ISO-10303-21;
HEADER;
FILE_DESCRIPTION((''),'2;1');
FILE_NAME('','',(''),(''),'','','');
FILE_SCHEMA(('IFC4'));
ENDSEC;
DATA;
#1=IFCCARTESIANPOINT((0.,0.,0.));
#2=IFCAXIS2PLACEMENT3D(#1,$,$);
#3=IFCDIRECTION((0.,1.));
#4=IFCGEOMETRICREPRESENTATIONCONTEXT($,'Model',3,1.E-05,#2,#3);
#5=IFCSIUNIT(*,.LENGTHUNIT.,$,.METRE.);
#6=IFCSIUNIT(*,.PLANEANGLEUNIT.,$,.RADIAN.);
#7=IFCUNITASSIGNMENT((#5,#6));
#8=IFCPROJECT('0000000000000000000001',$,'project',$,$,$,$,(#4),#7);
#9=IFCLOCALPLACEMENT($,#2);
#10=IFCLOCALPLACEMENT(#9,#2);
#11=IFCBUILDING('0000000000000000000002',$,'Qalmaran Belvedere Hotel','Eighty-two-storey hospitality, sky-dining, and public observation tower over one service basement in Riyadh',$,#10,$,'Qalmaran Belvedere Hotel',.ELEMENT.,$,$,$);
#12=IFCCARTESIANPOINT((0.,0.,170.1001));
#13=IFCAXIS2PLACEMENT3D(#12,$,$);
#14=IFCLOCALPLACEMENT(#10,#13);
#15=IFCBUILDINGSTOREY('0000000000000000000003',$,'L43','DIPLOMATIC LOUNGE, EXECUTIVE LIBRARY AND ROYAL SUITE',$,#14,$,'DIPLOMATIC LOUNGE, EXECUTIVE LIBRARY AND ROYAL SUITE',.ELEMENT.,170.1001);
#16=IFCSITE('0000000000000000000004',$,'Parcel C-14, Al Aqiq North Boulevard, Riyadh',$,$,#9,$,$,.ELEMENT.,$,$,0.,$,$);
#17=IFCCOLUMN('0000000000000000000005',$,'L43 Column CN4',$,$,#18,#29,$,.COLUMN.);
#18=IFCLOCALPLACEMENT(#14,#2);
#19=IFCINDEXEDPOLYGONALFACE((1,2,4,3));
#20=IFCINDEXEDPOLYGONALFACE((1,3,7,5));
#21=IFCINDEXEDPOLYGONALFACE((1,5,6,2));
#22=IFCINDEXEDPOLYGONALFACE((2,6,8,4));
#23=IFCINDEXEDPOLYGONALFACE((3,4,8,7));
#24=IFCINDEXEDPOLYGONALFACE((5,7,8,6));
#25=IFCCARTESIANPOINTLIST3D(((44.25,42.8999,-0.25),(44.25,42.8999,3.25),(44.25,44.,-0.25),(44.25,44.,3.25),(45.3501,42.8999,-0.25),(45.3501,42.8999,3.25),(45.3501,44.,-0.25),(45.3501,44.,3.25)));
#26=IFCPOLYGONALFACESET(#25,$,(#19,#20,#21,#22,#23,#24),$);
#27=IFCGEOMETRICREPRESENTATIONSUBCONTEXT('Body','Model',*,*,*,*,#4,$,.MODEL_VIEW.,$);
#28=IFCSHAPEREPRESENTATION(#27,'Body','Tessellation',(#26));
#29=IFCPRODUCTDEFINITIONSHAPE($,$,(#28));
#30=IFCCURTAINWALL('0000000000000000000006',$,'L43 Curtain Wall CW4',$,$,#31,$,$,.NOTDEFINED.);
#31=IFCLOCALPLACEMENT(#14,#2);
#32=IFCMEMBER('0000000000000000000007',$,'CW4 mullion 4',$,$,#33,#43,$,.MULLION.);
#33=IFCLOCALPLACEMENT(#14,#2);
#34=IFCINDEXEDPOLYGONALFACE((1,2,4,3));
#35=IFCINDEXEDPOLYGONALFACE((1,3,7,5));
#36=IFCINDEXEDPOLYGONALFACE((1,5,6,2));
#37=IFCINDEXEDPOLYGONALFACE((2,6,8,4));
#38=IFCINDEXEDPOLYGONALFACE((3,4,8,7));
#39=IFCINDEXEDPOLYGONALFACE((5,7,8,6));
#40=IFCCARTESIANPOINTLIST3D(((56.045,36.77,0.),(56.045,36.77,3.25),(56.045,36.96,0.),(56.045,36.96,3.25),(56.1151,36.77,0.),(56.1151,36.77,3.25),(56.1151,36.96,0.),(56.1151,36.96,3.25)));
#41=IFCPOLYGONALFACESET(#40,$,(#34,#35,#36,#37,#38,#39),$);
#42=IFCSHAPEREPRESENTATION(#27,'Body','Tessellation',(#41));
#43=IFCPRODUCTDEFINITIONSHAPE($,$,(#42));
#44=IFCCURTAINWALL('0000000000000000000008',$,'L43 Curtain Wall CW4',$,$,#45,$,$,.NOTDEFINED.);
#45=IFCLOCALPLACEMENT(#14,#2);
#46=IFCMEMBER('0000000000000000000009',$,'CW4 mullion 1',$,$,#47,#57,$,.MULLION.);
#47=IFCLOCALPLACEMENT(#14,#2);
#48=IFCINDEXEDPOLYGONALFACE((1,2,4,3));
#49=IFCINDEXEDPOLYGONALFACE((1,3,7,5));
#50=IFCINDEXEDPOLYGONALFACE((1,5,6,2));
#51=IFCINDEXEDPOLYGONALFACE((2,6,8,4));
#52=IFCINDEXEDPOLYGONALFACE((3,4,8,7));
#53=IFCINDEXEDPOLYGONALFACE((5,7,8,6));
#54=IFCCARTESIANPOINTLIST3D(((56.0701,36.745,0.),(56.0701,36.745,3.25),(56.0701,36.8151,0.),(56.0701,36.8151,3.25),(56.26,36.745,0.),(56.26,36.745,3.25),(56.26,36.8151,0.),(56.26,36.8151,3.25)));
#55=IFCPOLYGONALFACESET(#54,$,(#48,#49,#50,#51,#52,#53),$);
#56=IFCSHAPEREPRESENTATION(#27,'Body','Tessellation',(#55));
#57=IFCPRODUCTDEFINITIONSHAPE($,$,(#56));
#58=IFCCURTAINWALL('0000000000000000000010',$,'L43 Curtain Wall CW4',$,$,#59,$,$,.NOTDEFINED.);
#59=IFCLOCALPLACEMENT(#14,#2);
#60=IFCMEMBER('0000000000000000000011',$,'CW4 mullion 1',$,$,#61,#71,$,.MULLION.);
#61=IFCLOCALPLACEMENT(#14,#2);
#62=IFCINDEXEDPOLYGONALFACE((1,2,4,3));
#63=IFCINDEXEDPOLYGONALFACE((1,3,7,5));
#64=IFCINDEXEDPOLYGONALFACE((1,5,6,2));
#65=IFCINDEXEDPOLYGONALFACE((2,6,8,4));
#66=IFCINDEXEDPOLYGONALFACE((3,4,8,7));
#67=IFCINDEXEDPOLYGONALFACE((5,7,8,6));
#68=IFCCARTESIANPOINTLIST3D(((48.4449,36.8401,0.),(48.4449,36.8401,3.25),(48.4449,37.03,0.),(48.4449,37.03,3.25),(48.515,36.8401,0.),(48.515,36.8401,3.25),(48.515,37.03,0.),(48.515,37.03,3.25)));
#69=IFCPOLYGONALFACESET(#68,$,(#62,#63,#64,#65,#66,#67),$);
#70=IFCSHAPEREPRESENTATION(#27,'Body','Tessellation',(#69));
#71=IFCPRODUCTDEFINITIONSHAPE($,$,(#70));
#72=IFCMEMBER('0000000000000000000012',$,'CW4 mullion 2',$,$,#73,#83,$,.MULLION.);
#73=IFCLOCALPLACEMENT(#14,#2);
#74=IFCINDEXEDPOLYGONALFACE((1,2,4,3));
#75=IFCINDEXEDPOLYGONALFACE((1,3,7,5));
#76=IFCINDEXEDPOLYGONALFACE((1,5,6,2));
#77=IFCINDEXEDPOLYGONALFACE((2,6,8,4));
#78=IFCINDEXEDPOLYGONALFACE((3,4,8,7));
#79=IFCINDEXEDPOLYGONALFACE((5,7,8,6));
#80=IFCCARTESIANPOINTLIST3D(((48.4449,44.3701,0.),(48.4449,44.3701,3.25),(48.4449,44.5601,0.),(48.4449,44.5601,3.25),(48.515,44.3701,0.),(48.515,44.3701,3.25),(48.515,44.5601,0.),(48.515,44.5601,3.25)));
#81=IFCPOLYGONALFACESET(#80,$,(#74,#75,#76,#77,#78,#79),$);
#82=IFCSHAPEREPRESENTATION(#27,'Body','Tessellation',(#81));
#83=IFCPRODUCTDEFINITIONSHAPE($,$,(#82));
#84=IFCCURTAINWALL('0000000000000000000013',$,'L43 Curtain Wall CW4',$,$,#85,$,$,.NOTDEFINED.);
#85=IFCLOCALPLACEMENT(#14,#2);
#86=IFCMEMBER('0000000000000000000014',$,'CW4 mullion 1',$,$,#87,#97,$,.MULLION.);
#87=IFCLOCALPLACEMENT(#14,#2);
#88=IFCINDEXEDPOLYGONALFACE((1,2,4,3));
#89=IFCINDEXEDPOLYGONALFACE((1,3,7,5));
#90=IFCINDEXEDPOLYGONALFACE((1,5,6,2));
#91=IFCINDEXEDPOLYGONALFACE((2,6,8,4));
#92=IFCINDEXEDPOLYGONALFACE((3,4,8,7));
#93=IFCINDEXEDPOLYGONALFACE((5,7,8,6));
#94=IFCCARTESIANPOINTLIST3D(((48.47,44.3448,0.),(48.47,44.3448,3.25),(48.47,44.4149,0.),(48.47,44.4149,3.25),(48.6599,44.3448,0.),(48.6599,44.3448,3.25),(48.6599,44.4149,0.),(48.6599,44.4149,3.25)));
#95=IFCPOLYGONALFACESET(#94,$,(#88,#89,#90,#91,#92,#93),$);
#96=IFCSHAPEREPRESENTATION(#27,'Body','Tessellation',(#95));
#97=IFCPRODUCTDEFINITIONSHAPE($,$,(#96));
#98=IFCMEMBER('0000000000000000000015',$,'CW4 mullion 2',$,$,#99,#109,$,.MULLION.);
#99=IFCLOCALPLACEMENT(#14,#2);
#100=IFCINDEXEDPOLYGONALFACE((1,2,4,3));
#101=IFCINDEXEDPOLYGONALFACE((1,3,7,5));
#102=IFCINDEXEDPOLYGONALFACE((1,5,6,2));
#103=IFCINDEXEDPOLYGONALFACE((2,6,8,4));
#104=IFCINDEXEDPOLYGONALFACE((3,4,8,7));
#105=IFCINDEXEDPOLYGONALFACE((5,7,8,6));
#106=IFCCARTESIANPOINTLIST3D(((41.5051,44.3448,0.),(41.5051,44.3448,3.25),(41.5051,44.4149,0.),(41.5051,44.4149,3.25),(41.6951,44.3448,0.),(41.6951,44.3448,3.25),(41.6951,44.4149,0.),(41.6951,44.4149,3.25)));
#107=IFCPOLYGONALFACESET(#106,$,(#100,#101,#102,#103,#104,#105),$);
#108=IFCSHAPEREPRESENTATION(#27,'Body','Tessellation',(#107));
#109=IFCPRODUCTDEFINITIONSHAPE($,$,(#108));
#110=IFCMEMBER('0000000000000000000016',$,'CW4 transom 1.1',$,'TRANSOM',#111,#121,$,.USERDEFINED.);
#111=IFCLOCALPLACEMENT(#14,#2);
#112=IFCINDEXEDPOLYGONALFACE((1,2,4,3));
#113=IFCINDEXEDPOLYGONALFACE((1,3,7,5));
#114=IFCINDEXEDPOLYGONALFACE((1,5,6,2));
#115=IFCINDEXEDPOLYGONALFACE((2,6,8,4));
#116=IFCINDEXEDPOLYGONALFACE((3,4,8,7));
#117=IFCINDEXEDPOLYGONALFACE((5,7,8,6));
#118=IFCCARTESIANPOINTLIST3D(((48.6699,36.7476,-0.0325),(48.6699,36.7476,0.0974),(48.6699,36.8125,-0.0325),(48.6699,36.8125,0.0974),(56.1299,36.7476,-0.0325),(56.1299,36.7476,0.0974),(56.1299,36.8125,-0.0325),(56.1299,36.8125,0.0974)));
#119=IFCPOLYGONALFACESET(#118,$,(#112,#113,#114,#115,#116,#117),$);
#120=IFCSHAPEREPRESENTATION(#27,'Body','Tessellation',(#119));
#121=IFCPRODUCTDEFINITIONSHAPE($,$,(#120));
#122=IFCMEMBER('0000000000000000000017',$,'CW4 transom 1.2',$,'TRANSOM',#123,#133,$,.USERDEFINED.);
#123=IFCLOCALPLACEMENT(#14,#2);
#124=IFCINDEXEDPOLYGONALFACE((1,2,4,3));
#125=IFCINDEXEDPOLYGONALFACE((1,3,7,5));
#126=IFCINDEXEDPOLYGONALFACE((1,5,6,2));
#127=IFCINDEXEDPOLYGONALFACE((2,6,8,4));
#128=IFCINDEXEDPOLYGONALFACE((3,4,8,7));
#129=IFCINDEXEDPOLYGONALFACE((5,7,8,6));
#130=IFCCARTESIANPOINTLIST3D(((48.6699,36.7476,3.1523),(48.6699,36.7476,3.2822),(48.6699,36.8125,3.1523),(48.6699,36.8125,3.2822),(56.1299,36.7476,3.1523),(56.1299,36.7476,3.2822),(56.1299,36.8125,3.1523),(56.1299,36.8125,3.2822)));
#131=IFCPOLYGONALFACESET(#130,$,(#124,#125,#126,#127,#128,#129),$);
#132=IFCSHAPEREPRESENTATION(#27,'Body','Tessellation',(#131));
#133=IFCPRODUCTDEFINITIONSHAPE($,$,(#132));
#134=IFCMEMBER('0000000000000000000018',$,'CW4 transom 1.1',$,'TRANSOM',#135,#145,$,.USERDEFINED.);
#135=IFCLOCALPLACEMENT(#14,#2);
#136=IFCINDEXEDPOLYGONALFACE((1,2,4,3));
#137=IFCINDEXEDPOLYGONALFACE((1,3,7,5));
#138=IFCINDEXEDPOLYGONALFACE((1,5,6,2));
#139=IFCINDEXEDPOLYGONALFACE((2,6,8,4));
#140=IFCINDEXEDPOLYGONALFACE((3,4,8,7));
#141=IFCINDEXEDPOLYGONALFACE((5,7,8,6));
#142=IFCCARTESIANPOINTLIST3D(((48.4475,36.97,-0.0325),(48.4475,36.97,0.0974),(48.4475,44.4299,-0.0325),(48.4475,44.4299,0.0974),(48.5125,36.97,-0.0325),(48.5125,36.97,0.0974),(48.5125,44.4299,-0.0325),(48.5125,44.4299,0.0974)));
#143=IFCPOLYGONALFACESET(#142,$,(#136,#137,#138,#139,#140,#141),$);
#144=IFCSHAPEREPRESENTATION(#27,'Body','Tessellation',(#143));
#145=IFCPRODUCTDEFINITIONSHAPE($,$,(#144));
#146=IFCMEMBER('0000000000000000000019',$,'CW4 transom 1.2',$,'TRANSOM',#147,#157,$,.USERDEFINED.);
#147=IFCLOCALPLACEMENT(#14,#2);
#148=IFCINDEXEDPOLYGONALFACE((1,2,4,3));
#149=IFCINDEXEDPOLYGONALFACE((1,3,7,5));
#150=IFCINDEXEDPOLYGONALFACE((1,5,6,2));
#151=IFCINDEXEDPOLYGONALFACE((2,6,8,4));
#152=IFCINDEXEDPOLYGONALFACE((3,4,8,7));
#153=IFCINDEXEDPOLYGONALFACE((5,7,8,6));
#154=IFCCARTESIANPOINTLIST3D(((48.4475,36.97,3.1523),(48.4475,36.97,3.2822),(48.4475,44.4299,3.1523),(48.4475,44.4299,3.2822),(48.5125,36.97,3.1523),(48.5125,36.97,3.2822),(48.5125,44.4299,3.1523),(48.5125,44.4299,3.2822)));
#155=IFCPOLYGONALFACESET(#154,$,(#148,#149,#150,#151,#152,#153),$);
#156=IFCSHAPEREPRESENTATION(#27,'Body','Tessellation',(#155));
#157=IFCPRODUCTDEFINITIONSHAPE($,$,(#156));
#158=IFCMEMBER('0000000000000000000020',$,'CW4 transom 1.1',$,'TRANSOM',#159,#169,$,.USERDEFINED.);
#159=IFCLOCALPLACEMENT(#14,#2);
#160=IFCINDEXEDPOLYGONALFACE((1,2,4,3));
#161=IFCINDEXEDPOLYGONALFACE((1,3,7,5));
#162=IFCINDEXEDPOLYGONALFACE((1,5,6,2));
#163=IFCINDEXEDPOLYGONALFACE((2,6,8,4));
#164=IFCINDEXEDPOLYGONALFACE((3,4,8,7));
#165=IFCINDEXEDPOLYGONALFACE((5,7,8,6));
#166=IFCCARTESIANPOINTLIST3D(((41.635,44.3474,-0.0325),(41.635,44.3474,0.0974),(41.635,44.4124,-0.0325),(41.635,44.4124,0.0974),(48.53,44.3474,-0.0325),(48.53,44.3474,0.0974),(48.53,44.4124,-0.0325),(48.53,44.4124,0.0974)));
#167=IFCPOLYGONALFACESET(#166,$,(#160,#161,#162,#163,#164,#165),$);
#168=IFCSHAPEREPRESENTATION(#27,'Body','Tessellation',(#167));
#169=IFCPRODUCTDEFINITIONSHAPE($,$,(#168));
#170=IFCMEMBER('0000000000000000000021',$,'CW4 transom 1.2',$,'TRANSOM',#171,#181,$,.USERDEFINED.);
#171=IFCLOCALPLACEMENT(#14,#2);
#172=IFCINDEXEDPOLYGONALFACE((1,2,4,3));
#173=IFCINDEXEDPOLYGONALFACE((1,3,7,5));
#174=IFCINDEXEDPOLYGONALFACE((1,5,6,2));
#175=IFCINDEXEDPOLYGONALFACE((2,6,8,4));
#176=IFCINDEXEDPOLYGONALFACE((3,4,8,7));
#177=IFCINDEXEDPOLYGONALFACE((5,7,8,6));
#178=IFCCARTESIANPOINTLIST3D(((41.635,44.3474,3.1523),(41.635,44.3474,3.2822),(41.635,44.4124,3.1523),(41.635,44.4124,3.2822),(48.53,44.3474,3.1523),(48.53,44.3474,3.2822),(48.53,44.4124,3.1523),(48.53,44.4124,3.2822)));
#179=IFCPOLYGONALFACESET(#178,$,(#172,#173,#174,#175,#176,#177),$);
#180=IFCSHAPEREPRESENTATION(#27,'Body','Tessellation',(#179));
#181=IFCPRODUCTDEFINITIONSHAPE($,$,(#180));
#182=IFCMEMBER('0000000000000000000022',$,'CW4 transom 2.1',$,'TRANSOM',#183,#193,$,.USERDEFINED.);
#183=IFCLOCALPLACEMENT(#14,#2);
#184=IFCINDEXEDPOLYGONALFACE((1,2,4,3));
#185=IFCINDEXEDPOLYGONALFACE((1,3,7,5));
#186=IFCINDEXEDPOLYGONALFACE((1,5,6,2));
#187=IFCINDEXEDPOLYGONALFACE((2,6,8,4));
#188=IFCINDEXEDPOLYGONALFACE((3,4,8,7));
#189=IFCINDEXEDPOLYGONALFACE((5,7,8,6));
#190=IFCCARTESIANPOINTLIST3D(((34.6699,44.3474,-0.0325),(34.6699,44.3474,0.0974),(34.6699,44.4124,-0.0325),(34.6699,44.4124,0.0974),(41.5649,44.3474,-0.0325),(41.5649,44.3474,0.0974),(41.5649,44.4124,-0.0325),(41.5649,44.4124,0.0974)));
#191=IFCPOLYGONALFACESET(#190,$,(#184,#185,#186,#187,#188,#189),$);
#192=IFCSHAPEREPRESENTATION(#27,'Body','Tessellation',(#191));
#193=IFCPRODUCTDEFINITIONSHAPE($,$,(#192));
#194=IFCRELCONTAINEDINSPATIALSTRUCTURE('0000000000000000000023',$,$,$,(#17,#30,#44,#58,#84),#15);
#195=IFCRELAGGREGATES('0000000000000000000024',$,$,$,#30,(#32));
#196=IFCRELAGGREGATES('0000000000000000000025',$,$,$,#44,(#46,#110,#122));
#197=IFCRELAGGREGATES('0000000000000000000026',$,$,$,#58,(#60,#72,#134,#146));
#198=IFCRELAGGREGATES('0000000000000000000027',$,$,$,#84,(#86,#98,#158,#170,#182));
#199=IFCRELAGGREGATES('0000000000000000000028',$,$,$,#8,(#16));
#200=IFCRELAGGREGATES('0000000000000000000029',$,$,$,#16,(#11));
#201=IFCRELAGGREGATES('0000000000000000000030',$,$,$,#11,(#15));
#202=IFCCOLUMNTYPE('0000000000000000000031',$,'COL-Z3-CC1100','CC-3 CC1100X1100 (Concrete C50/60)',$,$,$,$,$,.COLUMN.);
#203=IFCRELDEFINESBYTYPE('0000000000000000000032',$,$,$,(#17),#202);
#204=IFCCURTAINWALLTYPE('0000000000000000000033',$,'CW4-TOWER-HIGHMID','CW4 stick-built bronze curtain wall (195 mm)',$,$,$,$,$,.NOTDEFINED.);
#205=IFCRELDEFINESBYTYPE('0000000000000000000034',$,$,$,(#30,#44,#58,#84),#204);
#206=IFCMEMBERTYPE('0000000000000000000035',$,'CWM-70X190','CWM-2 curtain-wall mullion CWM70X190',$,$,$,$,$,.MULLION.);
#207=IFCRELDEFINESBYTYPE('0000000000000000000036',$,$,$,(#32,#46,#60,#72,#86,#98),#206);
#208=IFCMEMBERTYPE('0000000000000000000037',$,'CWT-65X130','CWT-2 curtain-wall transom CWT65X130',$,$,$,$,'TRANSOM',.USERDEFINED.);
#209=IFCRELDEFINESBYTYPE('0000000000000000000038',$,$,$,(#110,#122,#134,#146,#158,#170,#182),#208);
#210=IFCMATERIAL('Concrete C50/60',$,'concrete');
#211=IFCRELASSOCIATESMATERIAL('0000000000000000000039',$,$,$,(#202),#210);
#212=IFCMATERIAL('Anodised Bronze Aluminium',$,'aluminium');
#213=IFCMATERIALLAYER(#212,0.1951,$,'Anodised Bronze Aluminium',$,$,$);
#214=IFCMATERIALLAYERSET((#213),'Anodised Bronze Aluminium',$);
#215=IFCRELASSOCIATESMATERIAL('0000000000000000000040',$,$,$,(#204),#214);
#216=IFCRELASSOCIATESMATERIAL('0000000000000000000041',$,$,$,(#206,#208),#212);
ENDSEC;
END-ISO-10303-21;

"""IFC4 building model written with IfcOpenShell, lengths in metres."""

from ifc_helpers import new_model, si_unit, direction, frame, origin, origin_2d, place, context, subcontext, project, spatial, rectangle, extrude, material, layer, layer_set, material_profile, profile_set, type_object, element, aggregate, save


model = new_model("IFC4")

# Units and contexts
model_context = context("Model", 3, precision=1e-05, world=origin(), true_north=direction((0.0, 1.0)))
body_context = subcontext(model_context, "Body", "Model", "MODEL_VIEW")
ifc_project = project(units=[si_unit("LENGTHUNIT", "METRE"), si_unit("PLANEANGLEUNIT", "RADIAN")], contexts=[model_context])

# Site, building, storey
site_placement = place(None, origin())
site = spatial("IfcSite", under=ifc_project, at=site_placement, Name="Parcel C-14, Al Aqiq North Boulevard, Riyadh", CompositionType="ELEMENT", RefElevation=0.0)
building_placement = place(site_placement, origin())
building = spatial("IfcBuilding", under=site, at=building_placement, Name="Qalmaran Belvedere Hotel", Description="Eighty-two-storey hospitality, sky-dining, and public observation tower over one service basement in Riyadh", LongName="Qalmaran Belvedere Hotel", CompositionType="ELEMENT")
storey_placement = place(building_placement, frame((0.0, 0.0, 170.1001)))
storey = spatial("IfcBuildingStorey", under=building, at=storey_placement, Name="L43", Description="DIPLOMATIC LOUNGE, EXECUTIVE LIBRARY AND ROYAL SUITE", LongName="DIPLOMATIC LOUNGE, EXECUTIVE LIBRARY AND ROYAL SUITE", CompositionType="ELEMENT", Elevation=170.1001)

# Column
ifc_material_1 = material(Name="Concrete C50/60", Category="concrete")
ifc_material_profile_1 = material_profile(ifc_material_1, rectangle(XDim=1.1001, YDim=1.1001, at=origin_2d()), Name="CC1100X1100")
ifc_profile_set_1 = profile_set([ifc_material_profile_1], Name="Concrete C50/60")
column_type = type_object("IfcColumnType", Name="COL-Z3-CC1100", Description="CC-3 CC1100X1100 (Concrete C50/60)", PredefinedType="COLUMN", material=ifc_profile_set_1)
column_placement = place(storey_placement, frame((44.8, 43.45, -0.25), z_axis=(0.0, 0.0, 1.0), x_axis=(1.0, 0.0, 0.0)))
element("IfcColumn", 1, at=column_placement, inside=storey, type_object=column_type, Name="L43 Column CN4", PredefinedType="COLUMN", context=body_context, shape_type="SweptSolid", body=[
    extrude(rectangle(XDim=1.1001, YDim=1.1001, at=origin_2d()), origin(), (0.0, 0.0, 1.0), 3.5),
])

# Curtain walls, members
ifc_material_2 = material(Name="Anodised Bronze Aluminium", Category="aluminium")
ifc_layer_1 = layer(ifc_material_2, 0.1951, Name="Anodised Bronze Aluminium")
ifc_layer_set_1 = layer_set([ifc_layer_1], Name="Anodised Bronze Aluminium")
curtain_wall_type = type_object("IfcCurtainWallType", Name="CW4-TOWER-HIGHMID", Description="CW4 stick-built bronze curtain wall (195 mm)", PredefinedType="NOTDEFINED", material=ifc_layer_set_1)
curtain_wall_1_placement = place(storey_placement, origin())
curtain_wall_1 = element("IfcCurtainWall", 2, at=curtain_wall_1_placement, inside=storey, type_object=curtain_wall_type, Name="L43 Curtain Wall CW4", PredefinedType="NOTDEFINED")
ifc_material_profile_2 = material_profile(ifc_material_2, rectangle(XDim=0.0701, YDim=0.1899, at=origin_2d()), Name="CWM70X190")
ifc_profile_set_2 = profile_set([ifc_material_profile_2], Name="Anodised Bronze Aluminium")
member_type_1 = type_object("IfcMemberType", Name="CWM-70X190", Description="CWM-2 curtain-wall mullion CWM70X190", PredefinedType="MULLION", material=ifc_profile_set_2)
member_1_placement = place(storey_placement, frame((56.0801, 36.865, 0.0), z_axis=(0.0, 0.0, 1.0), x_axis=(-1.0, 0.0, 0.0)))
member_1 = element("IfcMember", 3, at=member_1_placement, type_object=member_type_1, Name="CW4 mullion 4", PredefinedType="MULLION", context=body_context, shape_type="SweptSolid", body=[
    extrude(rectangle(XDim=0.0701, YDim=0.1899, at=origin_2d()), origin(), (0.0, 0.0, 1.0), 3.25),
])
aggregate(curtain_wall_1, [member_1])
curtain_wall_2_placement = place(storey_placement, origin())
curtain_wall_2 = element("IfcCurtainWall", 4, at=curtain_wall_2_placement, inside=storey, type_object=curtain_wall_type, Name="L43 Curtain Wall CW4", PredefinedType="NOTDEFINED")
member_2_placement = place(storey_placement, frame((56.165, 36.78, 0.0), z_axis=(0.0, 0.0, 1.0), x_axis=(0.0, -1.0, 0.0)))
member_2 = element("IfcMember", 5, at=member_2_placement, type_object=member_type_1, Name="CW4 mullion 1", PredefinedType="MULLION", context=body_context, shape_type="SweptSolid", body=[
    extrude(rectangle(XDim=0.0701, YDim=0.1899, at=origin_2d()), origin(), (0.0, 0.0, 1.0), 3.25),
])

# Curtain walls, members
curtain_wall_3_placement = place(storey_placement, origin())
curtain_wall_3 = element("IfcCurtainWall", 6, at=curtain_wall_3_placement, inside=storey, type_object=curtain_wall_type, Name="L43 Curtain Wall CW4", PredefinedType="NOTDEFINED")
member_3_placement = place(storey_placement, frame((48.48, 36.9351, 0.0), z_axis=(0.0, 0.0, 1.0), x_axis=(-1.0, 0.0, 0.0)))
member_3 = element("IfcMember", 7, at=member_3_placement, type_object=member_type_1, Name="CW4 mullion 1", PredefinedType="MULLION", context=body_context, shape_type="SweptSolid", body=[
    extrude(rectangle(XDim=0.0701, YDim=0.1899, at=origin_2d()), origin(), (0.0, 0.0, 1.0), 3.25),
])
member_4_placement = place(storey_placement, frame((48.48, 44.4651, 0.0), z_axis=(0.0, 0.0, 1.0), x_axis=(-1.0, 0.0, 0.0)))
member_4 = element("IfcMember", 8, at=member_4_placement, type_object=member_type_1, Name="CW4 mullion 2", PredefinedType="MULLION", context=body_context, shape_type="SweptSolid", body=[
    extrude(rectangle(XDim=0.0701, YDim=0.1899, at=origin_2d()), origin(), (0.0, 0.0, 1.0), 3.25),
])
curtain_wall_4_placement = place(storey_placement, origin())
curtain_wall_4 = element("IfcCurtainWall", 9, at=curtain_wall_4_placement, inside=storey, type_object=curtain_wall_type, Name="L43 Curtain Wall CW4", PredefinedType="NOTDEFINED")
member_5_placement = place(storey_placement, frame((48.5649, 44.3799, 0.0), z_axis=(0.0, 0.0, 1.0), x_axis=(0.0, -1.0, 0.0)))
member_5 = element("IfcMember", 10, at=member_5_placement, type_object=member_type_1, Name="CW4 mullion 1", PredefinedType="MULLION", context=body_context, shape_type="SweptSolid", body=[
    extrude(rectangle(XDim=0.0701, YDim=0.1899, at=origin_2d()), origin(), (0.0, 0.0, 1.0), 3.25),
])
member_6_placement = place(storey_placement, frame((41.6001, 44.3799, 0.0), z_axis=(0.0, 0.0, 1.0), x_axis=(0.0, -1.0, 0.0)))
member_6 = element("IfcMember", 11, at=member_6_placement, type_object=member_type_1, Name="CW4 mullion 2", PredefinedType="MULLION", context=body_context, shape_type="SweptSolid", body=[
    extrude(rectangle(XDim=0.0701, YDim=0.1899, at=origin_2d()), origin(), (0.0, 0.0, 1.0), 3.25),
])

# Members
ifc_material_profile_3 = material_profile(ifc_material_2, rectangle(XDim=0.0649, YDim=0.1299, at=origin_2d()), Name="CWT65X130")
ifc_profile_set_3 = profile_set([ifc_material_profile_3], Name="Anodised Bronze Aluminium")
member_type_2 = type_object("IfcMemberType", Name="CWT-65X130", Description="CWT-2 curtain-wall transom CWT65X130", ElementType="TRANSOM", PredefinedType="USERDEFINED", material=ifc_profile_set_3)
member_7_placement = place(storey_placement, frame((56.1299, 36.78, 0.0325), z_axis=(-1.0, 0.0, 0.0), x_axis=(0.0, -1.0, 0.0)))
member_7 = element("IfcMember", 12, at=member_7_placement, type_object=member_type_2, Name="CW4 transom 1.1", ObjectType="TRANSOM", PredefinedType="USERDEFINED", context=body_context, shape_type="SweptSolid", body=[
    extrude(rectangle(XDim=0.0649, YDim=0.1299, at=origin_2d()), origin(), (0.0, 0.0, 1.0), 7.46),
])
member_8_placement = place(storey_placement, frame((56.1299, 36.78, 3.2173), z_axis=(-1.0, 0.0, 0.0), x_axis=(0.0, -1.0, 0.0)))
member_8 = element("IfcMember", 13, at=member_8_placement, type_object=member_type_2, Name="CW4 transom 1.2", ObjectType="TRANSOM", PredefinedType="USERDEFINED", context=body_context, shape_type="SweptSolid", body=[
    extrude(rectangle(XDim=0.0649, YDim=0.1299, at=origin_2d()), origin(), (0.0, 0.0, 1.0), 7.46),
])
member_9_placement = place(storey_placement, frame((48.48, 36.97, 0.0325), z_axis=(0.0, 1.0, 0.0), x_axis=(-1.0, 0.0, 0.0)))
member_9 = element("IfcMember", 14, at=member_9_placement, type_object=member_type_2, Name="CW4 transom 1.1", ObjectType="TRANSOM", PredefinedType="USERDEFINED", context=body_context, shape_type="SweptSolid", body=[
    extrude(rectangle(XDim=0.0649, YDim=0.1299, at=origin_2d()), origin(), (0.0, 0.0, 1.0), 7.46),
])
member_10_placement = place(storey_placement, frame((48.48, 36.97, 3.2173), z_axis=(0.0, 1.0, 0.0), x_axis=(-1.0, 0.0, 0.0)))
member_10 = element("IfcMember", 15, at=member_10_placement, type_object=member_type_2, Name="CW4 transom 1.2", ObjectType="TRANSOM", PredefinedType="USERDEFINED", context=body_context, shape_type="SweptSolid", body=[
    extrude(rectangle(XDim=0.0649, YDim=0.1299, at=origin_2d()), origin(), (0.0, 0.0, 1.0), 7.46),
])
member_11_placement = place(storey_placement, frame((48.53, 44.3799, 0.0325), z_axis=(-1.0, 0.0, 0.0), x_axis=(0.0, -1.0, 0.0)))
member_11 = element("IfcMember", 16, at=member_11_placement, type_object=member_type_2, Name="CW4 transom 1.1", ObjectType="TRANSOM", PredefinedType="USERDEFINED", context=body_context, shape_type="SweptSolid", body=[
    extrude(rectangle(XDim=0.0649, YDim=0.1299, at=origin_2d()), origin(), (0.0, 0.0, 1.0), 6.895),
])
member_12_placement = place(storey_placement, frame((48.53, 44.3799, 3.2173), z_axis=(-1.0, 0.0, 0.0), x_axis=(0.0, -1.0, 0.0)))
member_12 = element("IfcMember", 17, at=member_12_placement, type_object=member_type_2, Name="CW4 transom 1.2", ObjectType="TRANSOM", PredefinedType="USERDEFINED", context=body_context, shape_type="SweptSolid", body=[
    extrude(rectangle(XDim=0.0649, YDim=0.1299, at=origin_2d()), origin(), (0.0, 0.0, 1.0), 6.895),
])
member_13_placement = place(storey_placement, frame((41.5649, 44.3799, 0.0325), z_axis=(-1.0, 0.0, 0.0), x_axis=(0.0, -1.0, 0.0)))
member_13 = element("IfcMember", 18, at=member_13_placement, type_object=member_type_2, Name="CW4 transom 2.1", ObjectType="TRANSOM", PredefinedType="USERDEFINED", context=body_context, shape_type="SweptSolid", body=[
    extrude(rectangle(XDim=0.0649, YDim=0.1299, at=origin_2d()), origin(), (0.0, 0.0, 1.0), 6.895),
])

aggregate(curtain_wall_2, [member_2, member_7, member_8])
aggregate(curtain_wall_3, [member_3, member_4, member_9, member_10])
aggregate(curtain_wall_4, [member_5, member_6, member_11, member_12, member_13])

save(model, "model.ifc")
